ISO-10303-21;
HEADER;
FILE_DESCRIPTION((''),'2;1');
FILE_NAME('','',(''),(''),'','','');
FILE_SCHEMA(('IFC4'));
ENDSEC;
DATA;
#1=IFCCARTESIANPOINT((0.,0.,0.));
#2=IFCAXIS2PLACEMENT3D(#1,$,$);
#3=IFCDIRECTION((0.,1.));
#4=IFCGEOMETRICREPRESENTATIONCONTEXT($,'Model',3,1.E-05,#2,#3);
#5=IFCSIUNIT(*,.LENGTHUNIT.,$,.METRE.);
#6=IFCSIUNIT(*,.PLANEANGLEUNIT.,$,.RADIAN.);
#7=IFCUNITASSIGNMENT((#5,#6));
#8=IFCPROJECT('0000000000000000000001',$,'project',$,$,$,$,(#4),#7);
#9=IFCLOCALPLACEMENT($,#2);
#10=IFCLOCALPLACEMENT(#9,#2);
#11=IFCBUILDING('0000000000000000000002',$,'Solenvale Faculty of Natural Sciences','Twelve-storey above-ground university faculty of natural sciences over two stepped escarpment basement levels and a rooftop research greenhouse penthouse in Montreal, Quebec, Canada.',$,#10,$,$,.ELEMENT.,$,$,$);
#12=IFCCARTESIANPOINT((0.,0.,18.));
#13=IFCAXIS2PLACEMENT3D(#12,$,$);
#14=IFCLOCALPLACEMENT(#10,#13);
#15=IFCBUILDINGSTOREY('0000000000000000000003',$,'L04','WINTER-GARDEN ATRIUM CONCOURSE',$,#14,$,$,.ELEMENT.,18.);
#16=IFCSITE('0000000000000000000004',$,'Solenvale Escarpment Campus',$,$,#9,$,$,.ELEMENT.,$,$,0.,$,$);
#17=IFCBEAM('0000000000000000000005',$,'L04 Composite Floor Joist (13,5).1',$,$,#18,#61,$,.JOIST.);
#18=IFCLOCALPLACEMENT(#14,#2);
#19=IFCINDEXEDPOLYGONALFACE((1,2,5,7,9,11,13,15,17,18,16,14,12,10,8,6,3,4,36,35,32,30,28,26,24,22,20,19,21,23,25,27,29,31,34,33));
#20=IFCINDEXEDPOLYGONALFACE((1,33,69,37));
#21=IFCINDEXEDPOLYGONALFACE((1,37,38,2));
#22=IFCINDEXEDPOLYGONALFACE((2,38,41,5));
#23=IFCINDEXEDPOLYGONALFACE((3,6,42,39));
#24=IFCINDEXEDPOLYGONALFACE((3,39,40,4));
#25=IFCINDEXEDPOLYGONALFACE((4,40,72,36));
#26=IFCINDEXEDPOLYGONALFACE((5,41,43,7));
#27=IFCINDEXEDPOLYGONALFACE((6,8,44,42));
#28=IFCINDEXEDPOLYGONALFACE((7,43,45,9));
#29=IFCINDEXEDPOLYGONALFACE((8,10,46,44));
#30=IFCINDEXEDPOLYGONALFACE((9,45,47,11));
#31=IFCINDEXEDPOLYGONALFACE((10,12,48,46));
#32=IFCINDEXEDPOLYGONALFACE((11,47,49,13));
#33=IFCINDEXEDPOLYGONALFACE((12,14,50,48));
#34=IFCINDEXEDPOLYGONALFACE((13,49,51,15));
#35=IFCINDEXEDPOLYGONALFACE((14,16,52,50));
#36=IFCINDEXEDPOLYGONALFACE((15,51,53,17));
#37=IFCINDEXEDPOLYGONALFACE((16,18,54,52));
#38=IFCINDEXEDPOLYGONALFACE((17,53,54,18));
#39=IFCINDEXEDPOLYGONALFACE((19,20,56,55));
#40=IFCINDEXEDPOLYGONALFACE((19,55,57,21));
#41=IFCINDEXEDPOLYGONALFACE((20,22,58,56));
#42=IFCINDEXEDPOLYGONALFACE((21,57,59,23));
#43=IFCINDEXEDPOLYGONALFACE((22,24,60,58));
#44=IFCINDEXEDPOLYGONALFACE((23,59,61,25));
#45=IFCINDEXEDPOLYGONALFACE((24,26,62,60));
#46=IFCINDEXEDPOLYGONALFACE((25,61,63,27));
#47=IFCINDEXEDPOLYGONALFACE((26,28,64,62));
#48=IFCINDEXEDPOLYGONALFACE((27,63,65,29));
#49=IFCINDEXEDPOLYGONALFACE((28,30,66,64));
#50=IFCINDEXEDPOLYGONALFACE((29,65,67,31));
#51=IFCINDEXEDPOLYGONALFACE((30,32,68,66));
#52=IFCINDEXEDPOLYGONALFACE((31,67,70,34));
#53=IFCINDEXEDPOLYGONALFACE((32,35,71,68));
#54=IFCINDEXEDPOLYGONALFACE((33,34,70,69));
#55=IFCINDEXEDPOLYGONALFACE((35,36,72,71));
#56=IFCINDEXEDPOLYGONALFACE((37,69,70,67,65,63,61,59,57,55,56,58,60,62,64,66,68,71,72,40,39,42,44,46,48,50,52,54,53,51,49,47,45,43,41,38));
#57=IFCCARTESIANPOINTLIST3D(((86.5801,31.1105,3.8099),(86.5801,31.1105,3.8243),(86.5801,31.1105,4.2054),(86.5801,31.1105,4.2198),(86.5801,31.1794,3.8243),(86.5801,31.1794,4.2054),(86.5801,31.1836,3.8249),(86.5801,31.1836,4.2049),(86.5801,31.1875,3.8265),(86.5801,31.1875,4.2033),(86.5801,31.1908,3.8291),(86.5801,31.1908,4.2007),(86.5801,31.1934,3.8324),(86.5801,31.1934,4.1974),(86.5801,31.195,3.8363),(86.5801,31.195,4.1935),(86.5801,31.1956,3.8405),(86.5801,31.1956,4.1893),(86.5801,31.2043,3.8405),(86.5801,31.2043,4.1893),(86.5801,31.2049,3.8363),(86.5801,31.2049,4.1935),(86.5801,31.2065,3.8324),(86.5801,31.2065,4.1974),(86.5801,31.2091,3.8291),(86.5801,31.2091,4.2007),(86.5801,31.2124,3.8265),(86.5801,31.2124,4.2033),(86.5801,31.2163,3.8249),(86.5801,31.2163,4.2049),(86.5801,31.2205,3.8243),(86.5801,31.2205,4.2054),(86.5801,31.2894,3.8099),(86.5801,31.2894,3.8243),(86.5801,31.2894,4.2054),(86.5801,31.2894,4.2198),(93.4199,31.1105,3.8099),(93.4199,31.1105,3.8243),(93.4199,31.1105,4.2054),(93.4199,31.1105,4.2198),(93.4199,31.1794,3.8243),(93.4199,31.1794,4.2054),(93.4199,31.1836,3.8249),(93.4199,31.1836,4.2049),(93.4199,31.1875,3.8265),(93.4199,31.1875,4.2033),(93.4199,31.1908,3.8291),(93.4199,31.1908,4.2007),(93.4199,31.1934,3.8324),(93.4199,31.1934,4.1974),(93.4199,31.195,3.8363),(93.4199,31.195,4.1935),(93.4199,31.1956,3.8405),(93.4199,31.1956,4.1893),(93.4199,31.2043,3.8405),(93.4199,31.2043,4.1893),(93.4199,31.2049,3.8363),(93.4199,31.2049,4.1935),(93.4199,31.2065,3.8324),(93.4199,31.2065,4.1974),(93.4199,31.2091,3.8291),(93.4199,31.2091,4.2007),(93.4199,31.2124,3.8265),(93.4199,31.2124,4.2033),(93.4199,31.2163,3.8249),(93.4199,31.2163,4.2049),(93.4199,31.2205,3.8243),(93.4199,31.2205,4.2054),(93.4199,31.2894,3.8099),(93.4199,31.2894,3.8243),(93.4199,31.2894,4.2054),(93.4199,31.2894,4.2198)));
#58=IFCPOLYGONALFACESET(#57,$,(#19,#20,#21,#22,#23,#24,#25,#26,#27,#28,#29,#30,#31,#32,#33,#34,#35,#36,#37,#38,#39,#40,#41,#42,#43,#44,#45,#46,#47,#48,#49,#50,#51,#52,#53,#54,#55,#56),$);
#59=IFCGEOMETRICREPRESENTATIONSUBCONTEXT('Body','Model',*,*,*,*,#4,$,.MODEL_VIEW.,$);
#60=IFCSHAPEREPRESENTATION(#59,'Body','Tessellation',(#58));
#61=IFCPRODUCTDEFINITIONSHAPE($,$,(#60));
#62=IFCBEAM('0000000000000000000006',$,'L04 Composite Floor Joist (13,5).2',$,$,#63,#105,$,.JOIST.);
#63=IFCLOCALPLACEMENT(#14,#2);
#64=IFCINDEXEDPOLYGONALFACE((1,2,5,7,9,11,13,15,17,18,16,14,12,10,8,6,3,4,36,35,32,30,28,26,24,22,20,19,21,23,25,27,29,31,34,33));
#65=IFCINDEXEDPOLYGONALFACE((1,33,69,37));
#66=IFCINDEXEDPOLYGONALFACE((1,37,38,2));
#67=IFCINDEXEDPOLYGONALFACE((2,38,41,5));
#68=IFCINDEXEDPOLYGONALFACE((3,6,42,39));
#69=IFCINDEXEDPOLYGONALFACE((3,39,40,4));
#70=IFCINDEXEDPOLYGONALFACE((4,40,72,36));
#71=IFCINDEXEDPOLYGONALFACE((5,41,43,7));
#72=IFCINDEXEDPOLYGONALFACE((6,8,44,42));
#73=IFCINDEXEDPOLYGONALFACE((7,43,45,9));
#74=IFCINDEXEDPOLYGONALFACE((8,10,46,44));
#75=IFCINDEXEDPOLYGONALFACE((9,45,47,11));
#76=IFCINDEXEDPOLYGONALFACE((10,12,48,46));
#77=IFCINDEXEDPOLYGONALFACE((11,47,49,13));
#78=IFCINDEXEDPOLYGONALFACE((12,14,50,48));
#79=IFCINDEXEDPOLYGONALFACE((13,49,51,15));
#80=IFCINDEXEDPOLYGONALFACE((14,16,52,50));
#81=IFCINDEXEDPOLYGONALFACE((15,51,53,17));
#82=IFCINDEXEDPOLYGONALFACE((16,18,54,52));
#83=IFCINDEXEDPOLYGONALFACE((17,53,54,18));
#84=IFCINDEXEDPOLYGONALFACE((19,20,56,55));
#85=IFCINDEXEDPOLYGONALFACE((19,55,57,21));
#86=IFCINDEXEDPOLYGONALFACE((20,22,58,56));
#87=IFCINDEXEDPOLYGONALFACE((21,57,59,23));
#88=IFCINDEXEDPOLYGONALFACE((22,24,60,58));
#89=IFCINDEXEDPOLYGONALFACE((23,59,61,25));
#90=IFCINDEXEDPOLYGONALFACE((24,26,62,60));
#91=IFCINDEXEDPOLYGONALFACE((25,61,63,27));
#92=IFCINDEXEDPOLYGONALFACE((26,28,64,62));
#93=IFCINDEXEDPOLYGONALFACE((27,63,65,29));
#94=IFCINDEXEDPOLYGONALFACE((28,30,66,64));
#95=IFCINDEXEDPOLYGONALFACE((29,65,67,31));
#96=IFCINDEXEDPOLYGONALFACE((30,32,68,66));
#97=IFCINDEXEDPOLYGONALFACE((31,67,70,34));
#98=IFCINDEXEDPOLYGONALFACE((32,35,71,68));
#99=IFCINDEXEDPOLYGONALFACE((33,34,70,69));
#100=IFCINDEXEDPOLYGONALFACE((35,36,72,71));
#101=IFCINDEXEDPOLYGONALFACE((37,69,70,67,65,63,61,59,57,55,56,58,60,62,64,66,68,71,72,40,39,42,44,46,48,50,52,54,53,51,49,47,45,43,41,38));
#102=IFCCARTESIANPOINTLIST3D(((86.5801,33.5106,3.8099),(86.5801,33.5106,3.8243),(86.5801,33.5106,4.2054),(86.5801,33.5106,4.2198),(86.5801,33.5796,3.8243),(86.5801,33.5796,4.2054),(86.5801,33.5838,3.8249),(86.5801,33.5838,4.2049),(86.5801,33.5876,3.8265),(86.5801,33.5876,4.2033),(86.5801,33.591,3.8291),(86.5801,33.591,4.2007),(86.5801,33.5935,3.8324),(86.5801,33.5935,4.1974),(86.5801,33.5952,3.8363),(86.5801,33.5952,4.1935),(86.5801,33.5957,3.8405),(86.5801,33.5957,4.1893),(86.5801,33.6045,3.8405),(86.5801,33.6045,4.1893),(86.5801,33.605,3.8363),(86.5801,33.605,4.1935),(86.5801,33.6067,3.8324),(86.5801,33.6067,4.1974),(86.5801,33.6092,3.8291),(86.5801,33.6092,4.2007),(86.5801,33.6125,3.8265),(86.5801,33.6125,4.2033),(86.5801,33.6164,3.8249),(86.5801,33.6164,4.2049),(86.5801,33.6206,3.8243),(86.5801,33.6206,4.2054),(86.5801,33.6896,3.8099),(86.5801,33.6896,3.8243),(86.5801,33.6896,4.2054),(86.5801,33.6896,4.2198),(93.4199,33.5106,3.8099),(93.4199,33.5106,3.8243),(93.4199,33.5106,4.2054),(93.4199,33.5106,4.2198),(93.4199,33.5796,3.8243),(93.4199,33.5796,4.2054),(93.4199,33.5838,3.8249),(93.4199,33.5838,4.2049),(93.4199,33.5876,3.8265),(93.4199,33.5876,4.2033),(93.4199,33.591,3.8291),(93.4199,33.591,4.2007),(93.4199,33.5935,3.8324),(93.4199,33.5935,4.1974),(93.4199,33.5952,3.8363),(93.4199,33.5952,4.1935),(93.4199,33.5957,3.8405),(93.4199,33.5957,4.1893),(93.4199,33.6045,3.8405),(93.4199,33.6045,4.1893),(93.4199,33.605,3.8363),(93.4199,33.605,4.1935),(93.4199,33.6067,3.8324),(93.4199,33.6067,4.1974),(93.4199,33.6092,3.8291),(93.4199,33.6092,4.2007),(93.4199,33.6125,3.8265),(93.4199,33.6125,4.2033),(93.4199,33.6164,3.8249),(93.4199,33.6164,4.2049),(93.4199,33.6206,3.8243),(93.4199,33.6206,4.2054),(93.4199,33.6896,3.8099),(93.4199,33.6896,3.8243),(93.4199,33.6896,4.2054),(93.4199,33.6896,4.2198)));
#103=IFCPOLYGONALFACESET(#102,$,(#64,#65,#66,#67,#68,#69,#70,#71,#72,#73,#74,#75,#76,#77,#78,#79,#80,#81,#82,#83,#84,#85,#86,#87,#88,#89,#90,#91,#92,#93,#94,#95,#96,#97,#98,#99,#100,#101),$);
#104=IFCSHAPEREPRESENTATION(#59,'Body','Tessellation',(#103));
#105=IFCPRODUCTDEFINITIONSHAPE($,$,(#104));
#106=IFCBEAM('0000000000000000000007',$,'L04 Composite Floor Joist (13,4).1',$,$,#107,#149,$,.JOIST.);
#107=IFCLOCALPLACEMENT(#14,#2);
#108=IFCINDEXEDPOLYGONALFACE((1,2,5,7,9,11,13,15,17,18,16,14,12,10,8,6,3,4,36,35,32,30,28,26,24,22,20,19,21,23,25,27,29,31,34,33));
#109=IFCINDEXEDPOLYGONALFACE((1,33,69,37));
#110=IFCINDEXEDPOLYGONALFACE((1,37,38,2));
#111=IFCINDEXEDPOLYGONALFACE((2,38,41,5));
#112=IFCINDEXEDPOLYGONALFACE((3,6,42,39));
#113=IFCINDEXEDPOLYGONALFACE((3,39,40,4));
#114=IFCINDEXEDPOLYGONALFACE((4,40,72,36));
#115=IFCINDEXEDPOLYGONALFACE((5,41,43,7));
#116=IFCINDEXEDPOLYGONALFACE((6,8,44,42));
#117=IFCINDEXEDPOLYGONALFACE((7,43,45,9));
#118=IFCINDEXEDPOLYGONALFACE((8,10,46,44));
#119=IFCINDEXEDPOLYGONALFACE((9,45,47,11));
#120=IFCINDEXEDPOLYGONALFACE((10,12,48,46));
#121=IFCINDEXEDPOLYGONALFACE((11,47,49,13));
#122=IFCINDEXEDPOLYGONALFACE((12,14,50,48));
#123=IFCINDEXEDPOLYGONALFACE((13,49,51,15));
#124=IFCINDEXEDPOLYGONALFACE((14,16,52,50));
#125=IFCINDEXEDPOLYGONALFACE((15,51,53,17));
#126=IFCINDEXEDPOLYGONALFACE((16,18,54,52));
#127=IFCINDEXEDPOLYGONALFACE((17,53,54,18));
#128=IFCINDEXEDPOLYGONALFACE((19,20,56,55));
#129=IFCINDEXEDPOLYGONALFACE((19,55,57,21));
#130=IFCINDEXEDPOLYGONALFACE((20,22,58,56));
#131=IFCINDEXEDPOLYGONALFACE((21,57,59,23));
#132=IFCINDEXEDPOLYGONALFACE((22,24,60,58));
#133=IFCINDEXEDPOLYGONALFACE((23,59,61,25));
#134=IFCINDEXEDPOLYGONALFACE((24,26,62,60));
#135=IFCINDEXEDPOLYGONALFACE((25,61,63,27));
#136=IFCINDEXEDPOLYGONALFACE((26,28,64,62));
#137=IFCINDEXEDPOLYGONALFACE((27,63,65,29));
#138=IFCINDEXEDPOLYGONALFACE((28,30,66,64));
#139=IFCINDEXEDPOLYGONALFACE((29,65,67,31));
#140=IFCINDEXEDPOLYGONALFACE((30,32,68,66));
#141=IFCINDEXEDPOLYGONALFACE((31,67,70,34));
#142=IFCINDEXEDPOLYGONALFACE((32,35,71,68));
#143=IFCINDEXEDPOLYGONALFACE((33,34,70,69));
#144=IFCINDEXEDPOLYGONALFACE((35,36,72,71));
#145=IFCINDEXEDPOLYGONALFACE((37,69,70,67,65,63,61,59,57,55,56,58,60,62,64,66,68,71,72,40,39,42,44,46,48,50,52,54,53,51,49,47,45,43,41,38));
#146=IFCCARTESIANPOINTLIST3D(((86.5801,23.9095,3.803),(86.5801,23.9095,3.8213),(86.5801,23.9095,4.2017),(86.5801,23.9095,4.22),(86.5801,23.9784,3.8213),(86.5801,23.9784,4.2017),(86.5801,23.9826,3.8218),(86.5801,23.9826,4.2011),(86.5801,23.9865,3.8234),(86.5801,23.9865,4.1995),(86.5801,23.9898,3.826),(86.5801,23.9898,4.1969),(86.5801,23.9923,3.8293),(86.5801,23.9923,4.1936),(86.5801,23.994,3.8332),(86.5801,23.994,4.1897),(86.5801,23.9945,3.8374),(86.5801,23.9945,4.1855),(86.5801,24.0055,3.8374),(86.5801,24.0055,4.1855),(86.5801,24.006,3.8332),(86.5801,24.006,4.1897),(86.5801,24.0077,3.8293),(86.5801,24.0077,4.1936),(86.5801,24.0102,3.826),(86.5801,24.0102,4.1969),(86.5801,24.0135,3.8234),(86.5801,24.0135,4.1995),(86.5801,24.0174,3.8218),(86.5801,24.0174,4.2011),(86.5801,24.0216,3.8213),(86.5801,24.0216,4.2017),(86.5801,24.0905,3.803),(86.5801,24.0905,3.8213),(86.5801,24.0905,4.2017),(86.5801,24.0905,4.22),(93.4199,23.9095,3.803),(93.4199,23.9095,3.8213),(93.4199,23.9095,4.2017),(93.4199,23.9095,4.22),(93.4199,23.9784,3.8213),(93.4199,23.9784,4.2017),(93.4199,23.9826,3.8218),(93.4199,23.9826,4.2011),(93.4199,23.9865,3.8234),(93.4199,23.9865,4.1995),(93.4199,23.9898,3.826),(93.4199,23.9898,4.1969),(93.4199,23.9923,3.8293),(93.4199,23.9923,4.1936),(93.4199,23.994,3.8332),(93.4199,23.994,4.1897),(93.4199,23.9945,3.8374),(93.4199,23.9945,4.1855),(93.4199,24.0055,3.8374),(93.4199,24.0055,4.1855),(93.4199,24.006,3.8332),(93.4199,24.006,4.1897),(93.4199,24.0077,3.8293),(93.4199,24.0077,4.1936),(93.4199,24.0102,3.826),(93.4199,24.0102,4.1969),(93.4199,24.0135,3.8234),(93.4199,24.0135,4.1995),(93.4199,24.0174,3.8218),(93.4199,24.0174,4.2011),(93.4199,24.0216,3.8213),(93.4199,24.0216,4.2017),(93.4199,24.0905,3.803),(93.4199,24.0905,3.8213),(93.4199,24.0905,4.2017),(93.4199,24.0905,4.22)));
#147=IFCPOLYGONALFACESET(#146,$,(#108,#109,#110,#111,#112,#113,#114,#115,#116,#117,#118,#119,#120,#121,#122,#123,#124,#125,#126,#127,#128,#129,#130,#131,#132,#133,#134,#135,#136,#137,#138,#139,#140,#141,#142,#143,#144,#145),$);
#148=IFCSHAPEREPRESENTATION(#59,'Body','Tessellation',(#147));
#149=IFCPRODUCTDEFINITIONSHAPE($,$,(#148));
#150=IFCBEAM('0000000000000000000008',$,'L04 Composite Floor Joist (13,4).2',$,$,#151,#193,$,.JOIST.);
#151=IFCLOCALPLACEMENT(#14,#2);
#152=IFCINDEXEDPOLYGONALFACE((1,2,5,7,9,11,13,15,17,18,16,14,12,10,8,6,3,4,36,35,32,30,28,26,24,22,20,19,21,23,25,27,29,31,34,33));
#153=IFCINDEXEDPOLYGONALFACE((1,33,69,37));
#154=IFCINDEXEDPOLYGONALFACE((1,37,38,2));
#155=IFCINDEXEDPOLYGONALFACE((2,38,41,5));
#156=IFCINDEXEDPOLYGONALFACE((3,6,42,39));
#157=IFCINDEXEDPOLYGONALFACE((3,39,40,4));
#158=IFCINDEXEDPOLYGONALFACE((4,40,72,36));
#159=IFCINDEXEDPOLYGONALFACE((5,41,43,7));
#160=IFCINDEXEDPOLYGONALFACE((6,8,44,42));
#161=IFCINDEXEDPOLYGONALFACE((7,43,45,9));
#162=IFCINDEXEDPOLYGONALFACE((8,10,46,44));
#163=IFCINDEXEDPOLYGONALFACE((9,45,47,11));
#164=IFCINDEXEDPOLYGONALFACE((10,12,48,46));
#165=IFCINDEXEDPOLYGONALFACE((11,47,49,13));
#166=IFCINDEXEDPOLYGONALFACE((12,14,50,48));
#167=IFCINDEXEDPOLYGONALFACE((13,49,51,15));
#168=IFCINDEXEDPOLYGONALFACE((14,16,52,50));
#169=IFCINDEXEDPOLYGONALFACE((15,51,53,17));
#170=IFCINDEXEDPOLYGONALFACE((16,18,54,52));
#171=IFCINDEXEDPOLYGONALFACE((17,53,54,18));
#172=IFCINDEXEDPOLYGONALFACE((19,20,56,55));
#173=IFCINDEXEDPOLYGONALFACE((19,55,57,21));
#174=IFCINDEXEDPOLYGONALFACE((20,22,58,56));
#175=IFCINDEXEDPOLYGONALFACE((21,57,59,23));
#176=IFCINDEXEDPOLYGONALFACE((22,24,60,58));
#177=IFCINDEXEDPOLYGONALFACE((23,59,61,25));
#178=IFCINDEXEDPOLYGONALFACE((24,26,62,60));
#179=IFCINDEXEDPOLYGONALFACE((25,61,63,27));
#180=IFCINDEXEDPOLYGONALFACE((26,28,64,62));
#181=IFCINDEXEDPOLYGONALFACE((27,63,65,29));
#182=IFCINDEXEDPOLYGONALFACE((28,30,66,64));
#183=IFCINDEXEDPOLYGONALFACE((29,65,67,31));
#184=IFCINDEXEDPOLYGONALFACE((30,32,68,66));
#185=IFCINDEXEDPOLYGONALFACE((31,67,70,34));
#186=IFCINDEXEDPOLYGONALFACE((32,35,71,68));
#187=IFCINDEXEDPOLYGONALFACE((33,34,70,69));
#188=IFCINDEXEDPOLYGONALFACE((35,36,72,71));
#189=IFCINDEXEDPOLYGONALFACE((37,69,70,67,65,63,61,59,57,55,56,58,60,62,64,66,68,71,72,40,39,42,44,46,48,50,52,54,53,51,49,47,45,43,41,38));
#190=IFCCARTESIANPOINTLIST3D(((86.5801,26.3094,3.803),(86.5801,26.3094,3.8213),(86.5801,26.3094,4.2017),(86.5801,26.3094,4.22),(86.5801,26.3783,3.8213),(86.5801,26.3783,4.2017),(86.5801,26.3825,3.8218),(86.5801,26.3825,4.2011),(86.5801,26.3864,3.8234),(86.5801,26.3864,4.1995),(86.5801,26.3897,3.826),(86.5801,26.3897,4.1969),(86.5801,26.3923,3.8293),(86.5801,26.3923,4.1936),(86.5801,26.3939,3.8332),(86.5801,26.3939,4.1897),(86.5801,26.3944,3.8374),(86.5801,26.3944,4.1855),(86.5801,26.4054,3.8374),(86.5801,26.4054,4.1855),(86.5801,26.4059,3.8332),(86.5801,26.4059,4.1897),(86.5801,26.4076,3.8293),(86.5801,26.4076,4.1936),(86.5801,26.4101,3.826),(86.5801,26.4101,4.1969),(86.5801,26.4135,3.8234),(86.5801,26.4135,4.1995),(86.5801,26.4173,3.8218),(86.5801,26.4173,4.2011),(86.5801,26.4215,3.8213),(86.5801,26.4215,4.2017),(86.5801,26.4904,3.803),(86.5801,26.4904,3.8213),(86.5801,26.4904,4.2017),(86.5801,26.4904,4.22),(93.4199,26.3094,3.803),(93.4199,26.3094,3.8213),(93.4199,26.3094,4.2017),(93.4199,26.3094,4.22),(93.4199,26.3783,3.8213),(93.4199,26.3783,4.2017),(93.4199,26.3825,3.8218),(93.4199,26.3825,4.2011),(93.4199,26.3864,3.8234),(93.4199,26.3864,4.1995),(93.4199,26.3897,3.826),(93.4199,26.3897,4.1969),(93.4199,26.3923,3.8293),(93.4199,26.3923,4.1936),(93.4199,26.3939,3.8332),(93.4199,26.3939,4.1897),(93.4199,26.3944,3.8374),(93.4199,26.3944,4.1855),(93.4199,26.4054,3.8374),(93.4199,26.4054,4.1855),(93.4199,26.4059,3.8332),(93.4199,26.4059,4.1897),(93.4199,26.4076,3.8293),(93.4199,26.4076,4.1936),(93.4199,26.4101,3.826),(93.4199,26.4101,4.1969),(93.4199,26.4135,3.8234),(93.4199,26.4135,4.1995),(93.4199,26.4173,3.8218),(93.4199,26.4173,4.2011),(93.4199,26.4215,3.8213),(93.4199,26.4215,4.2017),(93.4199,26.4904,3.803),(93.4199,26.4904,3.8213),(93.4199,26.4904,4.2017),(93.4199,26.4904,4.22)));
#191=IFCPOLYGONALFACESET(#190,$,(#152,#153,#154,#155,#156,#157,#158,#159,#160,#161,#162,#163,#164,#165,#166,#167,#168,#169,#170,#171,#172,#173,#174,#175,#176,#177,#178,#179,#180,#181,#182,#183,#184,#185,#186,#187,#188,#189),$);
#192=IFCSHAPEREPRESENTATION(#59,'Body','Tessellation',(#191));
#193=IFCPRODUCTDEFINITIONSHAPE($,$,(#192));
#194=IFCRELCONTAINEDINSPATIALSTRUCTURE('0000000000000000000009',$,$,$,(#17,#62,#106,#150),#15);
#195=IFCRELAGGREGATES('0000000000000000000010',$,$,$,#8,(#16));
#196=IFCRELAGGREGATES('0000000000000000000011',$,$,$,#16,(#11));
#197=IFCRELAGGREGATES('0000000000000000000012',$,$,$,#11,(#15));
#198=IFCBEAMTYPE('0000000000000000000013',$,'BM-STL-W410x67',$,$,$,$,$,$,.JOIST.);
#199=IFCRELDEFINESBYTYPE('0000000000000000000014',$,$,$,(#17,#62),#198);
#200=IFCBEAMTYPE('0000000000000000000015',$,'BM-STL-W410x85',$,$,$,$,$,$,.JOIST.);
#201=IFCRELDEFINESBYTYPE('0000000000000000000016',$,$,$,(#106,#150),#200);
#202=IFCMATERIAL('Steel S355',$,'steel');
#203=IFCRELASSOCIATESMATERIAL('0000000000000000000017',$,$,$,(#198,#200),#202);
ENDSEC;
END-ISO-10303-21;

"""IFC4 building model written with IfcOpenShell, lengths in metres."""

from ifc_helpers import new_model, si_unit, direction, frame, origin, origin_2d, place, context, subcontext, project, spatial, i_section, extrude, material, material_profile, profile_set, type_object, element, save


model = new_model("IFC4")

# Units and contexts
model_context = context("Model", 3, precision=1e-05, world=origin(), true_north=direction((0.0, 1.0)))
body_context = subcontext(model_context, "Body", "Model", "MODEL_VIEW")
ifc_project = project(units=[si_unit("LENGTHUNIT", "METRE"), si_unit("PLANEANGLEUNIT", "RADIAN")], contexts=[model_context])

# Site, building, storey
site_placement = place(None, origin())
site = spatial("IfcSite", under=ifc_project, at=site_placement, Name="Solenvale Escarpment Campus", CompositionType="ELEMENT", RefElevation=0.0)
building_placement = place(site_placement, origin())
building = spatial("IfcBuilding", under=site, at=building_placement, Name="Solenvale Faculty of Natural Sciences", Description="Twelve-storey above-ground university faculty of natural sciences over two stepped escarpment basement levels and a rooftop research greenhouse penthouse in Montreal, Quebec, Canada.", CompositionType="ELEMENT")
storey_placement = place(building_placement, frame((0.0, 0.0, 18.0)))
storey = spatial("IfcBuildingStorey", under=building, at=storey_placement, Name="L04", Description="WINTER-GARDEN ATRIUM CONCOURSE", CompositionType="ELEMENT", Elevation=18.0)

# Beams
ifc_material_1 = material(Name="Steel S355", Category="steel")
ifc_material_profile_1 = material_profile(ifc_material_1, i_section(OverallWidth=0.179, OverallDepth=0.4099, WebThickness=0.0088, FlangeThickness=0.0144, FilletRadius=0.0161, at=origin_2d()), Name="W410x67")
ifc_profile_set_1 = profile_set([ifc_material_profile_1], Name="Steel S355")
beam_type_1 = type_object("IfcBeamType", Name="BM-STL-W410x67", PredefinedType="JOIST", material=ifc_profile_set_1)
for number, where, z_axis, x_axis, name in (
    (1, (86.5801, 31.2, 4.0149), (1.0, 0.0, 0.0), (0.0, 1.0, 0.0), "L04 Composite Floor Joist (13,5).1"),
    (2, (86.5801, 33.6001, 4.0149), (1.0, 0.0, 0.0), (0.0, 1.0, 0.0), "L04 Composite Floor Joist (13,5).2"),
):
    element("IfcBeam", number, at=place(storey_placement, frame(where, z_axis=z_axis, x_axis=x_axis)), inside=storey, type_object=beam_type_1, Name=name, PredefinedType="JOIST", context=body_context, shape_type="SweptSolid", body=[
        extrude(i_section(OverallWidth=0.179, OverallDepth=0.4099, WebThickness=0.0088, FlangeThickness=0.0144, FilletRadius=0.0161, at=origin_2d()), origin(), (0.0, 0.0, 1.0), 6.8398),
    ])
ifc_material_profile_2 = material_profile(ifc_material_1, i_section(OverallWidth=0.1809, OverallDepth=0.417, WebThickness=0.011, FlangeThickness=0.0183, FilletRadius=0.0161, at=origin_2d()), Name="W410x85")
ifc_profile_set_2 = profile_set([ifc_material_profile_2], Name="Steel S355")
beam_type_2 = type_object("IfcBeamType", Name="BM-STL-W410x85", PredefinedType="JOIST", material=ifc_profile_set_2)
for number, where, z_axis, x_axis, name in (
    (3, (86.5801, 24.0, 4.0115), (1.0, 0.0, 0.0), (0.0, 1.0, 0.0), "L04 Composite Floor Joist (13,4).1"),
    (4, (86.5801, 26.3999, 4.0115), (1.0, 0.0, 0.0), (0.0, 1.0, 0.0), "L04 Composite Floor Joist (13,4).2"),
):
    element("IfcBeam", number, at=place(storey_placement, frame(where, z_axis=z_axis, x_axis=x_axis)), inside=storey, type_object=beam_type_2, Name=name, PredefinedType="JOIST", context=body_context, shape_type="SweptSolid", body=[
        extrude(i_section(OverallWidth=0.1809, OverallDepth=0.417, WebThickness=0.011, FlangeThickness=0.0183, FilletRadius=0.0161, at=origin_2d()), origin(), (0.0, 0.0, 1.0), 6.8398),
    ])

save(model, "model.ifc")
